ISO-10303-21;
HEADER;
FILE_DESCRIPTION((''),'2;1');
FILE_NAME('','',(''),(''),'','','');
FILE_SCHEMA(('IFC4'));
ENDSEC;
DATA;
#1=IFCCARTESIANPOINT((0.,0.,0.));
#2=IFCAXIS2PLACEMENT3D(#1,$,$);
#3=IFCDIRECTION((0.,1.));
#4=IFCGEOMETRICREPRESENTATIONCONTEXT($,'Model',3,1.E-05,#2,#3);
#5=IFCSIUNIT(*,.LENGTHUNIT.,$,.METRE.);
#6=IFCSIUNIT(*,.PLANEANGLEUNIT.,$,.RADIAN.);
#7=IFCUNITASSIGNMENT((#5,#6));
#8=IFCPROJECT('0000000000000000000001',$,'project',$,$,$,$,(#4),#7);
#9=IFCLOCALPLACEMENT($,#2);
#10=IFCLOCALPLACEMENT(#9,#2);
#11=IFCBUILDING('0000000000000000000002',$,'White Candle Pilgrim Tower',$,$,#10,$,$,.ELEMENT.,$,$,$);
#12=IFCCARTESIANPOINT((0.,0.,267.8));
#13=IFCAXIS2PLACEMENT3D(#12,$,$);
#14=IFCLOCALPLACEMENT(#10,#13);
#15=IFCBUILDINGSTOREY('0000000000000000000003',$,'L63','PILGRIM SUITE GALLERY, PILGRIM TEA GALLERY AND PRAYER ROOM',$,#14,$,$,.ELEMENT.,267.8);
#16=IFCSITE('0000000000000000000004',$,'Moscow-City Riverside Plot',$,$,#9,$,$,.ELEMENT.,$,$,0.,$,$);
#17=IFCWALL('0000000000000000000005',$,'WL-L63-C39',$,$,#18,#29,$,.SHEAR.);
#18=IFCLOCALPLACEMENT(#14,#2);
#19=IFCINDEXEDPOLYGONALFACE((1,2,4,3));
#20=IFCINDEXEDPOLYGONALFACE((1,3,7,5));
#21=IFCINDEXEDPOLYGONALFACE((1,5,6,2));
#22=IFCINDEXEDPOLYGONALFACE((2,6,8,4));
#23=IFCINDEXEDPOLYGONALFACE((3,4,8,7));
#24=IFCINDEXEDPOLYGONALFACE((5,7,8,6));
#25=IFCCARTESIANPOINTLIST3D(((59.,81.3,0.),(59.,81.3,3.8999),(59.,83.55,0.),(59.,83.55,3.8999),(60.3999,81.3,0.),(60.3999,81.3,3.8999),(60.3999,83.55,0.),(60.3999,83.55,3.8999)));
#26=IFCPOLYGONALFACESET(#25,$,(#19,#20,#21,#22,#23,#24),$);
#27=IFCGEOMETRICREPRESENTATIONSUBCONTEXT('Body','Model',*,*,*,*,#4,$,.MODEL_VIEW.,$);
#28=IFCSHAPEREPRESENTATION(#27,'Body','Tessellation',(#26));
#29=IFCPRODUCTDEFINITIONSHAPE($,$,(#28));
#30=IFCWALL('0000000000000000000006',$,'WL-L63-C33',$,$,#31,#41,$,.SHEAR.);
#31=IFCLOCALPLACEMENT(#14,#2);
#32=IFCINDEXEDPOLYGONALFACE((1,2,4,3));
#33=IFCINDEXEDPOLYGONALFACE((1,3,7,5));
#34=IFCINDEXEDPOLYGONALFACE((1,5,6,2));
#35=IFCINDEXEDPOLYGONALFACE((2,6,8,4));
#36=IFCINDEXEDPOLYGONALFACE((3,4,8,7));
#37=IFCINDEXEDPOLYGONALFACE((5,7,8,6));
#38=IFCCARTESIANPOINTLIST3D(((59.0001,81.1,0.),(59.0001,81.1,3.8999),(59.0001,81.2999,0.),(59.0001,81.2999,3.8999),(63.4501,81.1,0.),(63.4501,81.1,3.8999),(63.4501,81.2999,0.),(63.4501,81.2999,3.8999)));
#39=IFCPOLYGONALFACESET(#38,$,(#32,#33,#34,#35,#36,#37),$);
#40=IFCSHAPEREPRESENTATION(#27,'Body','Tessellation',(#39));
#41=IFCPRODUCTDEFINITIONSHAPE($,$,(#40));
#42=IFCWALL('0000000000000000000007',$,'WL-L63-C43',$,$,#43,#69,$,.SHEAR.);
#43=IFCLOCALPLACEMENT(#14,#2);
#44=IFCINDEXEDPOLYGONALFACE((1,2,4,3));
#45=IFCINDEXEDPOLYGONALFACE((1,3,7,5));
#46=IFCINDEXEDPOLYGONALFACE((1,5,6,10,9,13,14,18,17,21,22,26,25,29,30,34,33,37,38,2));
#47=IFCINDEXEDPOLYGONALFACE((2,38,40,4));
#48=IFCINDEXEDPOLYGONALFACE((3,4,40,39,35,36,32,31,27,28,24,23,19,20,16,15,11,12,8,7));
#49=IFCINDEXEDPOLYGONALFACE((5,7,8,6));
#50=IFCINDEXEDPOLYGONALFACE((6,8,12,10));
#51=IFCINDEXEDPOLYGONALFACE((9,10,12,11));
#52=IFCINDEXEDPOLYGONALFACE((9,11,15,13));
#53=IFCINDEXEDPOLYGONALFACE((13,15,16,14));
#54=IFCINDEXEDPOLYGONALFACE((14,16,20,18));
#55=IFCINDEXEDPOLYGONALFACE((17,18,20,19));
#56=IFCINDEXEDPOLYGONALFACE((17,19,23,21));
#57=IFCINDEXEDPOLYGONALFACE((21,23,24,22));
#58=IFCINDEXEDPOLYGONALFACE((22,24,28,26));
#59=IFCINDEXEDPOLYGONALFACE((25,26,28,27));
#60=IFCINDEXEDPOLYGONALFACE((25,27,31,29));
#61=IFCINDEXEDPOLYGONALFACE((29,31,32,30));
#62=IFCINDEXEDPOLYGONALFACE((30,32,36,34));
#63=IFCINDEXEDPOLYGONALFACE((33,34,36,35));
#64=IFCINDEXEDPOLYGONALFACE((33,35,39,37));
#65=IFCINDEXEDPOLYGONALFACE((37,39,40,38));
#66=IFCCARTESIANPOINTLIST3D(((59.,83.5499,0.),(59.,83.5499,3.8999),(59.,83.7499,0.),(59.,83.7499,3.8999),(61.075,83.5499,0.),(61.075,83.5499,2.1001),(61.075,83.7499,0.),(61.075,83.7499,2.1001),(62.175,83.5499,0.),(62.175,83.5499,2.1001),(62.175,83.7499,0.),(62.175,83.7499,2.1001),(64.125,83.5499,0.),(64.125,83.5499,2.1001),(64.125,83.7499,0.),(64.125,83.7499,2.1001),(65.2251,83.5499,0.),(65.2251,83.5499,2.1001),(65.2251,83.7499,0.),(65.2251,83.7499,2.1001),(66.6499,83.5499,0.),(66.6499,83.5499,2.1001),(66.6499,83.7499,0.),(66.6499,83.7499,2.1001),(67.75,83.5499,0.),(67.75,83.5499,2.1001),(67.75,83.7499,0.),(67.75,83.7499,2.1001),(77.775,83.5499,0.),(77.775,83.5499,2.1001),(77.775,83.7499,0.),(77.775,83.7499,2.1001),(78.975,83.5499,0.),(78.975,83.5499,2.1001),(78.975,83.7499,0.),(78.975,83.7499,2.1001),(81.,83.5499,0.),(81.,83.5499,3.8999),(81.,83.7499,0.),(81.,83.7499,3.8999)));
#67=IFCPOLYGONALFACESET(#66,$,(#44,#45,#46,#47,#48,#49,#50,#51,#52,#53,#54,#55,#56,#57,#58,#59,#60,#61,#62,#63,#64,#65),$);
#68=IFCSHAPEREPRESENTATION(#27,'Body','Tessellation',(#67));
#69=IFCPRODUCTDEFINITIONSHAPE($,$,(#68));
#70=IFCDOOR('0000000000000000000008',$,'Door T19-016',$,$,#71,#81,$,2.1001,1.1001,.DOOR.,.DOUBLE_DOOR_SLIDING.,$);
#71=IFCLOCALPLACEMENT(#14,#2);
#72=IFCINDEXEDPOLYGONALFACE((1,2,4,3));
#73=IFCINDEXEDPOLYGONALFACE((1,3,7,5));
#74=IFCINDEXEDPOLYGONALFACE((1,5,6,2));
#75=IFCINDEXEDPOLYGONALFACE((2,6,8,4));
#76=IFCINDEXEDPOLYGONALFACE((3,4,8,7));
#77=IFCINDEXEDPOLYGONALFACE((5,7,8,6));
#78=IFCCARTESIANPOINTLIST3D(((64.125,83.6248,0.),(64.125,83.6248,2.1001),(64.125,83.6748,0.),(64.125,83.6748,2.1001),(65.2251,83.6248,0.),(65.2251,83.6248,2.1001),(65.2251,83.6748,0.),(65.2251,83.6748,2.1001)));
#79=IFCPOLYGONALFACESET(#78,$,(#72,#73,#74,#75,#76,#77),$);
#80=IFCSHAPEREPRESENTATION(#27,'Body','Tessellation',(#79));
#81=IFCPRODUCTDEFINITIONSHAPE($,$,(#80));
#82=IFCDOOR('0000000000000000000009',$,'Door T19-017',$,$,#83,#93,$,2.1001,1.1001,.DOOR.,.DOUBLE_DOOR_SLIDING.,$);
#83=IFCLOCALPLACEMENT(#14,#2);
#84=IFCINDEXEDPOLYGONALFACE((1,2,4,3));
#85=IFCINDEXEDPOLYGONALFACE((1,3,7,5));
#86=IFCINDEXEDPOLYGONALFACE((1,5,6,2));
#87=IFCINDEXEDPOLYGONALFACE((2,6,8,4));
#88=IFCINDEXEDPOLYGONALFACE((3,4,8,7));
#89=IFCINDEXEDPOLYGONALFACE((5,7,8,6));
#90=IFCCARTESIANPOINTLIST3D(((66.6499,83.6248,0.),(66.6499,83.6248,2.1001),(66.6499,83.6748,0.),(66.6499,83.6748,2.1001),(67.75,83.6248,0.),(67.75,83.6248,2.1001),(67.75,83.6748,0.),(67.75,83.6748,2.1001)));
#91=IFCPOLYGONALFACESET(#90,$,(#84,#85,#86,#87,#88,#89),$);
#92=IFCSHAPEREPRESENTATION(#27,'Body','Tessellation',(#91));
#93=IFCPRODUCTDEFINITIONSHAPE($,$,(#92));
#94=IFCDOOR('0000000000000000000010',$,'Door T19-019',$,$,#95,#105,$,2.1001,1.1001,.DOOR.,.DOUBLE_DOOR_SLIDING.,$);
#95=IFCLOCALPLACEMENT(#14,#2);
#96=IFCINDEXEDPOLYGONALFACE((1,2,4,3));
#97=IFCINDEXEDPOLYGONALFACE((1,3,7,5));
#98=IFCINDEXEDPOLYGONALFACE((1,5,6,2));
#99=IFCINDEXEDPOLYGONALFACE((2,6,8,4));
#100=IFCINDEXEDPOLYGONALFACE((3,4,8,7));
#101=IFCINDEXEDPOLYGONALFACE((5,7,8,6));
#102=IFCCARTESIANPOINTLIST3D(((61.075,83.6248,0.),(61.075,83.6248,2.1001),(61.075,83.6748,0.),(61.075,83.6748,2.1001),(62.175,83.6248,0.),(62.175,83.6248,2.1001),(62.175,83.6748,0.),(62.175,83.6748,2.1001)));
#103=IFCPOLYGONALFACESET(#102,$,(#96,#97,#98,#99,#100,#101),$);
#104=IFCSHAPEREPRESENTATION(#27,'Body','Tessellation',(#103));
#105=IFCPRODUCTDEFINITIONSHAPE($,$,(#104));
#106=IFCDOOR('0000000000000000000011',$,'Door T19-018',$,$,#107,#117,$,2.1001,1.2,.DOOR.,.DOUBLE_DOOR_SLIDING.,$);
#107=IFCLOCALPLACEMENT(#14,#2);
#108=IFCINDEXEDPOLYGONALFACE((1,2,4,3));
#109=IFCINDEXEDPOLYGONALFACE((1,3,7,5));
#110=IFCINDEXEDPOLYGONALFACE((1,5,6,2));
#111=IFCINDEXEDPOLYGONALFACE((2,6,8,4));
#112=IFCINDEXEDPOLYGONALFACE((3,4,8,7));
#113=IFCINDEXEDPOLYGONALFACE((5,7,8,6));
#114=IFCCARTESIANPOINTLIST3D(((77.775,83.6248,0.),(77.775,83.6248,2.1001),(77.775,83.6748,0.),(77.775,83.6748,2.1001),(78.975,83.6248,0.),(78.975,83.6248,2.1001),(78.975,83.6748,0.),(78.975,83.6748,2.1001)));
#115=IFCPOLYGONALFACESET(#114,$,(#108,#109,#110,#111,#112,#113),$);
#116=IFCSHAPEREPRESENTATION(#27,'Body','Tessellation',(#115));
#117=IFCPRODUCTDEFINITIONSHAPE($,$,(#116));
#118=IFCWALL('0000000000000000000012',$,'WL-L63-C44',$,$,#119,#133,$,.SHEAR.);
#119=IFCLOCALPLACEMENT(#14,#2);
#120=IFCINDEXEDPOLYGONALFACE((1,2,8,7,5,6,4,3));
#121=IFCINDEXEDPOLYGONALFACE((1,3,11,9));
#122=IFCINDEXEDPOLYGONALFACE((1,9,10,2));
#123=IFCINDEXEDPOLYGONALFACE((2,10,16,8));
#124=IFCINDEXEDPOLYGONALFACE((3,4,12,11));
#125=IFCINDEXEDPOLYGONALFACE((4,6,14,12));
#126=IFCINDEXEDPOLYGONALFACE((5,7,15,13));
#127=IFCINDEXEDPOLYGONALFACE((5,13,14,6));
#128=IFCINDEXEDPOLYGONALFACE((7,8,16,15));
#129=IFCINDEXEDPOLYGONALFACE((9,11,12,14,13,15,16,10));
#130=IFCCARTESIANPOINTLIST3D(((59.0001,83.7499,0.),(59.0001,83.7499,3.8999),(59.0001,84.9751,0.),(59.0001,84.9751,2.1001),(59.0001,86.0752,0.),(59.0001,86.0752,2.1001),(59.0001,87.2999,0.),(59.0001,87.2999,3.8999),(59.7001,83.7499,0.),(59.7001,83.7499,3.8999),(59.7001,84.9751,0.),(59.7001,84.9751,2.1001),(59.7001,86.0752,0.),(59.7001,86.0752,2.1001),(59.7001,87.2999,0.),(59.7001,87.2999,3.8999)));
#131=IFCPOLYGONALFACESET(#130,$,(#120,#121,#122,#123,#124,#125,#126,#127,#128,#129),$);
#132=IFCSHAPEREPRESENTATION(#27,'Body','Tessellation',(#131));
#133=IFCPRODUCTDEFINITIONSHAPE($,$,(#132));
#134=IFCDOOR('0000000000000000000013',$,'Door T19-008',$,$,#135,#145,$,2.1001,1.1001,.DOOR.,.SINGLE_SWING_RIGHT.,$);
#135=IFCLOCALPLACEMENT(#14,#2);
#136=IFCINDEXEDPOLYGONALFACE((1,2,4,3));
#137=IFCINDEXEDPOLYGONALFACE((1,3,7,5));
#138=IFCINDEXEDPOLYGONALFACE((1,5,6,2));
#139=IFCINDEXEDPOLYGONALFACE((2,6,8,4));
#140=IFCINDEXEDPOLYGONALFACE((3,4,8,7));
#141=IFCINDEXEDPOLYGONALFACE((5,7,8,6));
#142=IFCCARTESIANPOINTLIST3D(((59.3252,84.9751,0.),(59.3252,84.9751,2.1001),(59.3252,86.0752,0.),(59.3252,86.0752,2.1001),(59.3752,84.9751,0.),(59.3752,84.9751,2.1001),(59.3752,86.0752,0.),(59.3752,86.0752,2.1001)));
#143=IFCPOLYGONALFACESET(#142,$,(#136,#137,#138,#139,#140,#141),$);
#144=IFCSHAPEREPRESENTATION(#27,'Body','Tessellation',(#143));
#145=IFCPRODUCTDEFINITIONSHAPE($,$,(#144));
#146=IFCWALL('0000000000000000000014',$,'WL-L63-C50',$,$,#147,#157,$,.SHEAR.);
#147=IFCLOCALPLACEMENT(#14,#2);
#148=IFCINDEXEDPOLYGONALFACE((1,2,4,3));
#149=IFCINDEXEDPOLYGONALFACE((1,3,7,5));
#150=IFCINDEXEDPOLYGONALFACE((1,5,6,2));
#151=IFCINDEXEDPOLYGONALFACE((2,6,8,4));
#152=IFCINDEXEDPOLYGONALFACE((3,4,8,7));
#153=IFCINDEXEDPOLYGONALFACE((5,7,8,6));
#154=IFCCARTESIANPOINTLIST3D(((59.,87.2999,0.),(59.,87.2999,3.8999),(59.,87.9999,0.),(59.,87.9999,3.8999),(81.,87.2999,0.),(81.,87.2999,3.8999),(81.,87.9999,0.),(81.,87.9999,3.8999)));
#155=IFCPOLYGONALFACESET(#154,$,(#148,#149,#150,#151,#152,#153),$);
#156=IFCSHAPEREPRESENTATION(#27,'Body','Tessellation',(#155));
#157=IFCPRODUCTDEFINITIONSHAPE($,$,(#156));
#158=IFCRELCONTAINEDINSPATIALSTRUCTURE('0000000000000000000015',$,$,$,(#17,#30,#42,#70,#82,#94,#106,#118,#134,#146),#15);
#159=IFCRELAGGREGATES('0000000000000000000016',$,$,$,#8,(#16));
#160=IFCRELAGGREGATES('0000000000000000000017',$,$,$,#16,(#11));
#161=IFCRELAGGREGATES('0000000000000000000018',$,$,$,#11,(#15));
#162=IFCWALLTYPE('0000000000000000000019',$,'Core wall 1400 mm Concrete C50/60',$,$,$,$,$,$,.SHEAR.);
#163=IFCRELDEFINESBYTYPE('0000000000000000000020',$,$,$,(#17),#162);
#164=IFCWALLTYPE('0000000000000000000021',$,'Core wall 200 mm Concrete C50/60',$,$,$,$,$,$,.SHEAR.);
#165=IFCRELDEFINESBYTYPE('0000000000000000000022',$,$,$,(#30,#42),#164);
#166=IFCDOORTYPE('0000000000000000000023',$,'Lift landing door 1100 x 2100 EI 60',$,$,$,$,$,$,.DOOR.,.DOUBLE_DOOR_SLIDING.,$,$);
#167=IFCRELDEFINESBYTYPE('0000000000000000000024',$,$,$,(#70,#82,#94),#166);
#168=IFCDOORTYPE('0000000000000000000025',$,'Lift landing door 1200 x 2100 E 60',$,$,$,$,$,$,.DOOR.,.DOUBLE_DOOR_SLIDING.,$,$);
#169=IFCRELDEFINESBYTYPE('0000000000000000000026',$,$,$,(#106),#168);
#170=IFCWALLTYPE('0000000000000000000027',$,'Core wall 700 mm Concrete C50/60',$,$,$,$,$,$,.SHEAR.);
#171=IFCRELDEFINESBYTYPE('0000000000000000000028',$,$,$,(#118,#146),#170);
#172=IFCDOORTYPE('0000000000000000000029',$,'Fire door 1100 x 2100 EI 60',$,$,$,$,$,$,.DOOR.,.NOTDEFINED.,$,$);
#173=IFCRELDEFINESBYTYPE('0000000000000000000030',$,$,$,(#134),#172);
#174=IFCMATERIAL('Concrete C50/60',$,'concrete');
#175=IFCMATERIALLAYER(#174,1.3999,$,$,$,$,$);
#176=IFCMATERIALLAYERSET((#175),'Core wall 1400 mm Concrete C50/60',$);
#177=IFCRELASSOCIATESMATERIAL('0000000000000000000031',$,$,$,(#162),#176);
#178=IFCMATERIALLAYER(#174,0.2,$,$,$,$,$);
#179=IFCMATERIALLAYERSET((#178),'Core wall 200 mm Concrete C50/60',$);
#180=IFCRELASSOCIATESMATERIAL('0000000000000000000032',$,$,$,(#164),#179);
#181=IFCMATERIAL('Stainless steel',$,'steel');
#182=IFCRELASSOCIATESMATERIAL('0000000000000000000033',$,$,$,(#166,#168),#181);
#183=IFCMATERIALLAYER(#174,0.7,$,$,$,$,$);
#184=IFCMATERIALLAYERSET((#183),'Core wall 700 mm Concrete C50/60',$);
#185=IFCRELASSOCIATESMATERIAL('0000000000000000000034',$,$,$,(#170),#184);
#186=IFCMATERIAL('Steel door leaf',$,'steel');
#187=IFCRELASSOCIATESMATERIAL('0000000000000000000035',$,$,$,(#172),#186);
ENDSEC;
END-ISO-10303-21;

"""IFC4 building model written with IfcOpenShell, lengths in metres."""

from ifc_helpers import new_model, si_unit, direction, frame, frame_2d, origin, place, context, subcontext, project, spatial, rectangle, extrude, material, layer, layer_set, type_object, element, fill, save


model = new_model("IFC4")

# Units and contexts
model_context = context("Model", 3, precision=1e-05, world=origin(), true_north=direction((0.0, 1.0)))
body_context = subcontext(model_context, "Body", "Model", "MODEL_VIEW")
ifc_project = project(units=[si_unit("LENGTHUNIT", "METRE"), si_unit("PLANEANGLEUNIT", "RADIAN")], contexts=[model_context])

# Site, building, storey
site_placement = place(None, origin())
site = spatial("IfcSite", under=ifc_project, at=site_placement, Name="Moscow-City Riverside Plot", CompositionType="ELEMENT", RefElevation=0.0)
building_placement = place(site_placement, origin())
building = spatial("IfcBuilding", under=site, at=building_placement, Name="White Candle Pilgrim Tower", CompositionType="ELEMENT")
storey_placement = place(building_placement, frame((0.0, 0.0, 267.8)))
storey = spatial("IfcBuildingStorey", under=building, at=storey_placement, Name="L63", Description="PILGRIM SUITE GALLERY, PILGRIM TEA GALLERY AND PRAYER ROOM", CompositionType="ELEMENT", Elevation=267.8)

# Walls
ifc_material_1 = material(Name="Concrete C50/60", Category="concrete")
ifc_layer_1 = layer(ifc_material_1, 1.3999)
ifc_layer_set_1 = layer_set([ifc_layer_1], Name="Core wall 1400 mm Concrete C50/60")
wall_type_1 = type_object("IfcWallType", Name="Core wall 1400 mm Concrete C50/60", PredefinedType="SHEAR", material=ifc_layer_set_1)
wall_1_placement = place(storey_placement, frame((59.7, 81.3, 0.0), z_axis=(0.0, 0.0, 1.0), x_axis=(0.0, 1.0, 0.0)))
element("IfcWall", 1, at=wall_1_placement, inside=storey, type_object=wall_type_1, Name="WL-L63-C39", PredefinedType="SHEAR", context=body_context, shape_type="SweptSolid", body=[
    extrude(rectangle(XDim=2.25, YDim=1.3999, at=frame_2d((1.125, 0.0))), origin(), (0.0, 0.0, 1.0), 3.8999),
])
ifc_layer_2 = layer(ifc_material_1, 0.2)
ifc_layer_set_2 = layer_set([ifc_layer_2], Name="Core wall 200 mm Concrete C50/60")
wall_type_2 = type_object("IfcWallType", Name="Core wall 200 mm Concrete C50/60", PredefinedType="SHEAR", material=ifc_layer_set_2)
wall_2_placement = place(storey_placement, frame((59.0, 81.2, 0.0), z_axis=(0.0, 0.0, 1.0), x_axis=(1.0, 0.0, 0.0)))
element("IfcWall", 2, at=wall_2_placement, inside=storey, type_object=wall_type_2, Name="WL-L63-C33", PredefinedType="SHEAR", context=body_context, shape_type="SweptSolid", body=[
    extrude(rectangle(XDim=4.45, YDim=0.2, at=frame_2d((2.2251, 0.0))), origin(), (0.0, 0.0, 1.0), 3.8999),
])

# Wall, openings, doors
wall_3_placement = place(storey_placement, frame((59.0, 83.6499, 0.0), z_axis=(0.0, 0.0, 1.0), x_axis=(1.0, 0.0, 0.0)))
wall_3 = element("IfcWall", 3, at=wall_3_placement, inside=storey, type_object=wall_type_2, Name="WL-L63-C43", PredefinedType="SHEAR", context=body_context, shape_type="SweptSolid", body=[
    extrude(rectangle(XDim=22.0, YDim=0.2, at=frame_2d((11.0, 0.0))), origin(), (0.0, 0.0, 1.0), 3.8999),
])
opening_1_placement = place(wall_3_placement, frame((5.125, 0.0, 0.0)))
opening_1 = element("IfcOpeningElement", 4, at=opening_1_placement, cuts=wall_3, PredefinedType="OPENING", context=body_context, shape_type="SweptSolid", body=[
    extrude(rectangle(XDim=1.1001, YDim=2.1001, at=frame_2d((0.55, 1.05))), frame((0.0, 0.1099, 0.0), z_axis=(0.0, -1.0, 0.0), x_axis=(1.0, 0.0, 0.0)), (0.0, 0.0, 1.0), 0.22),
])
opening_2_placement = place(wall_3_placement, frame((7.6499, 0.0, 0.0)))
opening_2 = element("IfcOpeningElement", 5, at=opening_2_placement, cuts=wall_3, PredefinedType="OPENING", context=body_context, shape_type="SweptSolid", body=[
    extrude(rectangle(XDim=1.1001, YDim=2.1001, at=frame_2d((0.55, 1.05))), frame((0.0, 0.1099, 0.0), z_axis=(0.0, -1.0, 0.0), x_axis=(1.0, 0.0, 0.0)), (0.0, 0.0, 1.0), 0.22),
])
opening_3_placement = place(wall_3_placement, frame((18.7749, 0.0, 0.0)))
opening_3 = element("IfcOpeningElement", 6, at=opening_3_placement, cuts=wall_3, PredefinedType="OPENING", context=body_context, shape_type="SweptSolid", body=[
    extrude(rectangle(XDim=1.2, YDim=2.1001, at=frame_2d((0.6001, 1.05))), frame((0.0, 0.1099, 0.0), z_axis=(0.0, -1.0, 0.0), x_axis=(1.0, 0.0, 0.0)), (0.0, 0.0, 1.0), 0.22),
])
opening_4_placement = place(wall_3_placement, frame((2.075, 0.0, 0.0)))
opening_4 = element("IfcOpeningElement", 7, at=opening_4_placement, cuts=wall_3, PredefinedType="OPENING", context=body_context, shape_type="SweptSolid", body=[
    extrude(rectangle(XDim=1.1001, YDim=2.1001, at=frame_2d((0.55, 1.05))), frame((0.0, 0.1099, 0.0), z_axis=(0.0, -1.0, 0.0), x_axis=(1.0, 0.0, 0.0)), (0.0, 0.0, 1.0), 0.22),
])
ifc_material_2 = material(Name="Stainless steel", Category="steel")
door_type_1 = type_object("IfcDoorType", Name="Lift landing door 1100 x 2100 EI 60", OperationType="DOUBLE_DOOR_SLIDING", PredefinedType="DOOR", material=ifc_material_2)
door_1_placement = place(opening_1_placement, origin())
door_1 = element("IfcDoor", 8, at=door_1_placement, inside=storey, type_object=door_type_1, Name="Door T19-016", OperationType="DOUBLE_DOOR_SLIDING", OverallHeight=2.1001, OverallWidth=1.1001, PredefinedType="DOOR", context=body_context, shape_type="SweptSolid", body=[
    extrude(rectangle(XDim=1.1001, YDim=2.1001, at=frame_2d((0.55, 1.05))), frame((0.0, 0.0249, 0.0), z_axis=(0.0, -1.0, 0.0), x_axis=(1.0, 0.0, 0.0)), (0.0, 0.0, 1.0), 0.05),
])
fill(opening_1, door_1)
door_2_placement = place(opening_2_placement, origin())
door_2 = element("IfcDoor", 9, at=door_2_placement, inside=storey, type_object=door_type_1, Name="Door T19-017", OperationType="DOUBLE_DOOR_SLIDING", OverallHeight=2.1001, OverallWidth=1.1001, PredefinedType="DOOR", context=body_context, shape_type="SweptSolid", body=[
    extrude(rectangle(XDim=1.1001, YDim=2.1001, at=frame_2d((0.55, 1.05))), frame((0.0, 0.0249, 0.0), z_axis=(0.0, -1.0, 0.0), x_axis=(1.0, 0.0, 0.0)), (0.0, 0.0, 1.0), 0.05),
])
fill(opening_2, door_2)
door_3_placement = place(opening_4_placement, origin())
door_3 = element("IfcDoor", 10, at=door_3_placement, inside=storey, type_object=door_type_1, Name="Door T19-019", OperationType="DOUBLE_DOOR_SLIDING", OverallHeight=2.1001, OverallWidth=1.1001, PredefinedType="DOOR", context=body_context, shape_type="SweptSolid", body=[
    extrude(rectangle(XDim=1.1001, YDim=2.1001, at=frame_2d((0.55, 1.05))), frame((0.0, 0.0249, 0.0), z_axis=(0.0, -1.0, 0.0), x_axis=(1.0, 0.0, 0.0)), (0.0, 0.0, 1.0), 0.05),
])
fill(opening_4, door_3)
door_type_2 = type_object("IfcDoorType", Name="Lift landing door 1200 x 2100 E 60", OperationType="DOUBLE_DOOR_SLIDING", PredefinedType="DOOR", material=ifc_material_2)
door_4_placement = place(opening_3_placement, origin())
door_4 = element("IfcDoor", 11, at=door_4_placement, inside=storey, type_object=door_type_2, Name="Door T19-018", OperationType="DOUBLE_DOOR_SLIDING", OverallHeight=2.1001, OverallWidth=1.2, PredefinedType="DOOR", context=body_context, shape_type="SweptSolid", body=[
    extrude(rectangle(XDim=1.2, YDim=2.1001, at=frame_2d((0.6001, 1.05))), frame((0.0, 0.0249, 0.0), z_axis=(0.0, -1.0, 0.0), x_axis=(1.0, 0.0, 0.0)), (0.0, 0.0, 1.0), 0.05),
])
fill(opening_3, door_4)

# Wall, opening, door
ifc_layer_3 = layer(ifc_material_1, 0.7)
ifc_layer_set_3 = layer_set([ifc_layer_3], Name="Core wall 700 mm Concrete C50/60")
wall_type_3 = type_object("IfcWallType", Name="Core wall 700 mm Concrete C50/60", PredefinedType="SHEAR", material=ifc_layer_set_3)
wall_4_placement = place(storey_placement, frame((59.3501, 83.75, 0.0), z_axis=(0.0, 0.0, 1.0), x_axis=(0.0, 1.0, 0.0)))
wall_4 = element("IfcWall", 12, at=wall_4_placement, inside=storey, type_object=wall_type_3, Name="WL-L63-C44", PredefinedType="SHEAR", context=body_context, shape_type="SweptSolid", body=[
    extrude(rectangle(XDim=3.55, YDim=0.7, at=frame_2d((1.7749, 0.0))), origin(), (0.0, 0.0, 1.0), 3.8999),
])
opening_5_placement = place(wall_4_placement, frame((1.2251, 0.0, 0.0)))
opening_5 = element("IfcOpeningElement", 13, at=opening_5_placement, cuts=wall_4, PredefinedType="OPENING", context=body_context, shape_type="SweptSolid", body=[
    extrude(rectangle(XDim=1.1001, YDim=2.1001, at=frame_2d((0.55, 1.05))), frame((0.0, 0.3599, 0.0), z_axis=(0.0, -1.0, 0.0), x_axis=(1.0, 0.0, 0.0)), (0.0, 0.0, 1.0), 0.72),
])
ifc_material_3 = material(Name="Steel door leaf", Category="steel")
door_type_3 = type_object("IfcDoorType", Name="Fire door 1100 x 2100 EI 60", OperationType="NOTDEFINED", PredefinedType="DOOR", material=ifc_material_3)
door_5_placement = place(opening_5_placement, origin())
door_5 = element("IfcDoor", 14, at=door_5_placement, inside=storey, type_object=door_type_3, Name="Door T19-008", OperationType="SINGLE_SWING_RIGHT", OverallHeight=2.1001, OverallWidth=1.1001, PredefinedType="DOOR", context=body_context, shape_type="SweptSolid", body=[
    extrude(rectangle(XDim=1.1001, YDim=2.1001, at=frame_2d((0.55, 1.05))), frame((0.0, 0.0249, 0.0), z_axis=(0.0, -1.0, 0.0), x_axis=(1.0, 0.0, 0.0)), (0.0, 0.0, 1.0), 0.05),
])
fill(opening_5, door_5)

# Wall
wall_5_placement = place(storey_placement, frame((59.0, 87.6499, 0.0), z_axis=(0.0, 0.0, 1.0), x_axis=(1.0, 0.0, 0.0)))
element("IfcWall", 15, at=wall_5_placement, inside=storey, type_object=wall_type_3, Name="WL-L63-C50", PredefinedType="SHEAR", context=body_context, shape_type="SweptSolid", body=[
    extrude(rectangle(XDim=22.0, YDim=0.7, at=frame_2d((11.0, 0.0))), origin(), (0.0, 0.0, 1.0), 3.8999),
])

save(model, "model.ifc")
